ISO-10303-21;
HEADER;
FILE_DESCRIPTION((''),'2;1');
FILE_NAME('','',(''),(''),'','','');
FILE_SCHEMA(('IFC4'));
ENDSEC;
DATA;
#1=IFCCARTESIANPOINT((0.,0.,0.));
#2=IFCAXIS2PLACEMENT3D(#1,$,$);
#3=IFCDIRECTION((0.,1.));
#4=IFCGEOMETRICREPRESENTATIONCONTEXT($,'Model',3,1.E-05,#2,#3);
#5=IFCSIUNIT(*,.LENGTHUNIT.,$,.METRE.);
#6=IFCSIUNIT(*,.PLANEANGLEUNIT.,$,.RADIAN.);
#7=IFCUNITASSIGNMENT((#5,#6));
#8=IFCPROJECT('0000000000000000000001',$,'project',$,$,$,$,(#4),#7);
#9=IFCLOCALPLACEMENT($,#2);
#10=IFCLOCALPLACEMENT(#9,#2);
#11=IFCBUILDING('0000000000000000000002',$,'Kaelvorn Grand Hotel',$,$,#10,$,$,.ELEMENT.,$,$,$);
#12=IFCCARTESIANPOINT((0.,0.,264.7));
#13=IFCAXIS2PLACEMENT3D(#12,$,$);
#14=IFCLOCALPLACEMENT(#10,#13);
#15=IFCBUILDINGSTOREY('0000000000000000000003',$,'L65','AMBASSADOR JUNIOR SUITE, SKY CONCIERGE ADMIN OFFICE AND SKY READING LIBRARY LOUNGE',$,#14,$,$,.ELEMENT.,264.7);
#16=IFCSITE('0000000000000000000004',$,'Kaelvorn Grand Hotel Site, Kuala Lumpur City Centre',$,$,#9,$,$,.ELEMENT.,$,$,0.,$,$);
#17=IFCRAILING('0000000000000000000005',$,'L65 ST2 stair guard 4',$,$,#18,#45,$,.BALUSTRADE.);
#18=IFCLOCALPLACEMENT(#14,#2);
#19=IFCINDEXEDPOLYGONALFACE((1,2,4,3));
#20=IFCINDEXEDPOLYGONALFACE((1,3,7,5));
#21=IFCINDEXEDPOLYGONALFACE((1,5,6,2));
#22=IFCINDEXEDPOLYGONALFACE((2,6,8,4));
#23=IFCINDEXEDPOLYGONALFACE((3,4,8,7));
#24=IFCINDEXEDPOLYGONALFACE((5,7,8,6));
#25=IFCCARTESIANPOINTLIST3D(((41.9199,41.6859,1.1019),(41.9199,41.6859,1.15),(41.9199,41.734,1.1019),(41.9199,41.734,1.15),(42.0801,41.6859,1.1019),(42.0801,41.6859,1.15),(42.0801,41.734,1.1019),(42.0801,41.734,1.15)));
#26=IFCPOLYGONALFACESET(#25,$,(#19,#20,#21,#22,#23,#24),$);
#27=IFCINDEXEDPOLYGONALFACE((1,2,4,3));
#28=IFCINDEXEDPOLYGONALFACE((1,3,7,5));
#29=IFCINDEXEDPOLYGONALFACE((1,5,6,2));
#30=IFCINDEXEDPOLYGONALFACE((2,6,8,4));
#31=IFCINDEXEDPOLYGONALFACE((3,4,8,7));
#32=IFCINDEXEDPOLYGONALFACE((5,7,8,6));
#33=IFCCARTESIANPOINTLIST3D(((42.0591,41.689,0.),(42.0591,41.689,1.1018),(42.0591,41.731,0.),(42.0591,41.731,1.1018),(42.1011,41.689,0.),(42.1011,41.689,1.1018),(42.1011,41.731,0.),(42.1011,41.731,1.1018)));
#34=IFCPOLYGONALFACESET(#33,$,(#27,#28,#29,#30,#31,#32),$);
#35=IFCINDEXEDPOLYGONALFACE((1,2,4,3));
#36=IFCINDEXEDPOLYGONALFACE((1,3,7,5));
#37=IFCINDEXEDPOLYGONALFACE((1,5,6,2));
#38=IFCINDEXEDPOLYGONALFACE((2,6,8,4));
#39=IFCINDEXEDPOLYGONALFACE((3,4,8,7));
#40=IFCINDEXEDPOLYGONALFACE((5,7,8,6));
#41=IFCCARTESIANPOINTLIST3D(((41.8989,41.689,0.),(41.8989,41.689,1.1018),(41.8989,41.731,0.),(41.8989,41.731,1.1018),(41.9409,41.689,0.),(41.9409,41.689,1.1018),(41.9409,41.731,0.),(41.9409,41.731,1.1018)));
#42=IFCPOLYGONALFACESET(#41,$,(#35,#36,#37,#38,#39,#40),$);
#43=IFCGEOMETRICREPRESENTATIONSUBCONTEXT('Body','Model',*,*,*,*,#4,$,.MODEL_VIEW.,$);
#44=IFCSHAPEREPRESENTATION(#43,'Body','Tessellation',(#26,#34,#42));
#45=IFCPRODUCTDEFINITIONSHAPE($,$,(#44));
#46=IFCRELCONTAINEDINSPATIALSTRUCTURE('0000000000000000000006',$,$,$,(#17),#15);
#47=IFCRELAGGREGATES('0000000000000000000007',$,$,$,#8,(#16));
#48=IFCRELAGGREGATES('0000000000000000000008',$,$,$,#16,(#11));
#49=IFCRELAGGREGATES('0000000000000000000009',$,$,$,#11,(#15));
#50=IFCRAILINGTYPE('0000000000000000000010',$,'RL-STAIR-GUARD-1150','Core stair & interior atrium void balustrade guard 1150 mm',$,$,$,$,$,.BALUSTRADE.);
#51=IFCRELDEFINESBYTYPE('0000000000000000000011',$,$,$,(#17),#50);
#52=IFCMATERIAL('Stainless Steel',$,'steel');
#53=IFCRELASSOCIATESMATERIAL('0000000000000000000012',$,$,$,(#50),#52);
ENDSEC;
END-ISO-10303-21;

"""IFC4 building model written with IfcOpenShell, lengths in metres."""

from ifc_helpers import new_model, si_unit, direction, frame, origin, origin_2d, place, context, subcontext, project, spatial, rectangle, extrude, material, type_object, element, save


model = new_model("IFC4")

# Units and contexts
model_context = context("Model", 3, precision=1e-05, world=origin(), true_north=direction((0.0, 1.0)))
body_context = subcontext(model_context, "Body", "Model", "MODEL_VIEW")
ifc_project = project(units=[si_unit("LENGTHUNIT", "METRE"), si_unit("PLANEANGLEUNIT", "RADIAN")], contexts=[model_context])

# Site, building, storey
site_placement = place(None, origin())
site = spatial("IfcSite", under=ifc_project, at=site_placement, Name="Kaelvorn Grand Hotel Site, Kuala Lumpur City Centre", CompositionType="ELEMENT", RefElevation=0.0)
building_placement = place(site_placement, origin())
building = spatial("IfcBuilding", under=site, at=building_placement, Name="Kaelvorn Grand Hotel", CompositionType="ELEMENT")
storey_placement = place(building_placement, frame((0.0, 0.0, 264.7)))
storey = spatial("IfcBuildingStorey", under=building, at=storey_placement, Name="L65", Description="AMBASSADOR JUNIOR SUITE, SKY CONCIERGE ADMIN OFFICE AND SKY READING LIBRARY LOUNGE", CompositionType="ELEMENT", Elevation=264.7)

# Railing
ifc_material_1 = material(Name="Stainless Steel", Category="steel")
railing_type_1 = type_object("IfcRailingType", Name="RL-STAIR-GUARD-1150", Description="Core stair & interior atrium void balustrade guard 1150 mm", PredefinedType="BALUSTRADE", material=ifc_material_1)
railing_1_placement = place(storey_placement, frame((42.0801, 41.71, 0.0)))
element("IfcRailing", 1, at=railing_1_placement, inside=storey, type_object=railing_type_1, Name="L65 ST2 stair guard 4", PredefinedType="BALUSTRADE", context=body_context, shape_type="SweptSolid", body=[
    extrude(rectangle(XDim=0.0481, YDim=0.0481, at=origin_2d()), frame((0.0, 0.0, 1.126), z_axis=(-1.0, 0.0, 0.0), x_axis=(0.0, -1.0, 0.0)), (0.0, 0.0, 1.0), 0.1602),
    extrude(rectangle(XDim=0.042, YDim=0.042, at=origin_2d()), origin(), (0.0, 0.0, 1.0), 1.1018),
    extrude(rectangle(XDim=0.042, YDim=0.042, at=origin_2d()), frame((-0.1602, 0.0, 0.0)), (0.0, 0.0, 1.0), 1.1018),
])

save(model, "model.ifc")
